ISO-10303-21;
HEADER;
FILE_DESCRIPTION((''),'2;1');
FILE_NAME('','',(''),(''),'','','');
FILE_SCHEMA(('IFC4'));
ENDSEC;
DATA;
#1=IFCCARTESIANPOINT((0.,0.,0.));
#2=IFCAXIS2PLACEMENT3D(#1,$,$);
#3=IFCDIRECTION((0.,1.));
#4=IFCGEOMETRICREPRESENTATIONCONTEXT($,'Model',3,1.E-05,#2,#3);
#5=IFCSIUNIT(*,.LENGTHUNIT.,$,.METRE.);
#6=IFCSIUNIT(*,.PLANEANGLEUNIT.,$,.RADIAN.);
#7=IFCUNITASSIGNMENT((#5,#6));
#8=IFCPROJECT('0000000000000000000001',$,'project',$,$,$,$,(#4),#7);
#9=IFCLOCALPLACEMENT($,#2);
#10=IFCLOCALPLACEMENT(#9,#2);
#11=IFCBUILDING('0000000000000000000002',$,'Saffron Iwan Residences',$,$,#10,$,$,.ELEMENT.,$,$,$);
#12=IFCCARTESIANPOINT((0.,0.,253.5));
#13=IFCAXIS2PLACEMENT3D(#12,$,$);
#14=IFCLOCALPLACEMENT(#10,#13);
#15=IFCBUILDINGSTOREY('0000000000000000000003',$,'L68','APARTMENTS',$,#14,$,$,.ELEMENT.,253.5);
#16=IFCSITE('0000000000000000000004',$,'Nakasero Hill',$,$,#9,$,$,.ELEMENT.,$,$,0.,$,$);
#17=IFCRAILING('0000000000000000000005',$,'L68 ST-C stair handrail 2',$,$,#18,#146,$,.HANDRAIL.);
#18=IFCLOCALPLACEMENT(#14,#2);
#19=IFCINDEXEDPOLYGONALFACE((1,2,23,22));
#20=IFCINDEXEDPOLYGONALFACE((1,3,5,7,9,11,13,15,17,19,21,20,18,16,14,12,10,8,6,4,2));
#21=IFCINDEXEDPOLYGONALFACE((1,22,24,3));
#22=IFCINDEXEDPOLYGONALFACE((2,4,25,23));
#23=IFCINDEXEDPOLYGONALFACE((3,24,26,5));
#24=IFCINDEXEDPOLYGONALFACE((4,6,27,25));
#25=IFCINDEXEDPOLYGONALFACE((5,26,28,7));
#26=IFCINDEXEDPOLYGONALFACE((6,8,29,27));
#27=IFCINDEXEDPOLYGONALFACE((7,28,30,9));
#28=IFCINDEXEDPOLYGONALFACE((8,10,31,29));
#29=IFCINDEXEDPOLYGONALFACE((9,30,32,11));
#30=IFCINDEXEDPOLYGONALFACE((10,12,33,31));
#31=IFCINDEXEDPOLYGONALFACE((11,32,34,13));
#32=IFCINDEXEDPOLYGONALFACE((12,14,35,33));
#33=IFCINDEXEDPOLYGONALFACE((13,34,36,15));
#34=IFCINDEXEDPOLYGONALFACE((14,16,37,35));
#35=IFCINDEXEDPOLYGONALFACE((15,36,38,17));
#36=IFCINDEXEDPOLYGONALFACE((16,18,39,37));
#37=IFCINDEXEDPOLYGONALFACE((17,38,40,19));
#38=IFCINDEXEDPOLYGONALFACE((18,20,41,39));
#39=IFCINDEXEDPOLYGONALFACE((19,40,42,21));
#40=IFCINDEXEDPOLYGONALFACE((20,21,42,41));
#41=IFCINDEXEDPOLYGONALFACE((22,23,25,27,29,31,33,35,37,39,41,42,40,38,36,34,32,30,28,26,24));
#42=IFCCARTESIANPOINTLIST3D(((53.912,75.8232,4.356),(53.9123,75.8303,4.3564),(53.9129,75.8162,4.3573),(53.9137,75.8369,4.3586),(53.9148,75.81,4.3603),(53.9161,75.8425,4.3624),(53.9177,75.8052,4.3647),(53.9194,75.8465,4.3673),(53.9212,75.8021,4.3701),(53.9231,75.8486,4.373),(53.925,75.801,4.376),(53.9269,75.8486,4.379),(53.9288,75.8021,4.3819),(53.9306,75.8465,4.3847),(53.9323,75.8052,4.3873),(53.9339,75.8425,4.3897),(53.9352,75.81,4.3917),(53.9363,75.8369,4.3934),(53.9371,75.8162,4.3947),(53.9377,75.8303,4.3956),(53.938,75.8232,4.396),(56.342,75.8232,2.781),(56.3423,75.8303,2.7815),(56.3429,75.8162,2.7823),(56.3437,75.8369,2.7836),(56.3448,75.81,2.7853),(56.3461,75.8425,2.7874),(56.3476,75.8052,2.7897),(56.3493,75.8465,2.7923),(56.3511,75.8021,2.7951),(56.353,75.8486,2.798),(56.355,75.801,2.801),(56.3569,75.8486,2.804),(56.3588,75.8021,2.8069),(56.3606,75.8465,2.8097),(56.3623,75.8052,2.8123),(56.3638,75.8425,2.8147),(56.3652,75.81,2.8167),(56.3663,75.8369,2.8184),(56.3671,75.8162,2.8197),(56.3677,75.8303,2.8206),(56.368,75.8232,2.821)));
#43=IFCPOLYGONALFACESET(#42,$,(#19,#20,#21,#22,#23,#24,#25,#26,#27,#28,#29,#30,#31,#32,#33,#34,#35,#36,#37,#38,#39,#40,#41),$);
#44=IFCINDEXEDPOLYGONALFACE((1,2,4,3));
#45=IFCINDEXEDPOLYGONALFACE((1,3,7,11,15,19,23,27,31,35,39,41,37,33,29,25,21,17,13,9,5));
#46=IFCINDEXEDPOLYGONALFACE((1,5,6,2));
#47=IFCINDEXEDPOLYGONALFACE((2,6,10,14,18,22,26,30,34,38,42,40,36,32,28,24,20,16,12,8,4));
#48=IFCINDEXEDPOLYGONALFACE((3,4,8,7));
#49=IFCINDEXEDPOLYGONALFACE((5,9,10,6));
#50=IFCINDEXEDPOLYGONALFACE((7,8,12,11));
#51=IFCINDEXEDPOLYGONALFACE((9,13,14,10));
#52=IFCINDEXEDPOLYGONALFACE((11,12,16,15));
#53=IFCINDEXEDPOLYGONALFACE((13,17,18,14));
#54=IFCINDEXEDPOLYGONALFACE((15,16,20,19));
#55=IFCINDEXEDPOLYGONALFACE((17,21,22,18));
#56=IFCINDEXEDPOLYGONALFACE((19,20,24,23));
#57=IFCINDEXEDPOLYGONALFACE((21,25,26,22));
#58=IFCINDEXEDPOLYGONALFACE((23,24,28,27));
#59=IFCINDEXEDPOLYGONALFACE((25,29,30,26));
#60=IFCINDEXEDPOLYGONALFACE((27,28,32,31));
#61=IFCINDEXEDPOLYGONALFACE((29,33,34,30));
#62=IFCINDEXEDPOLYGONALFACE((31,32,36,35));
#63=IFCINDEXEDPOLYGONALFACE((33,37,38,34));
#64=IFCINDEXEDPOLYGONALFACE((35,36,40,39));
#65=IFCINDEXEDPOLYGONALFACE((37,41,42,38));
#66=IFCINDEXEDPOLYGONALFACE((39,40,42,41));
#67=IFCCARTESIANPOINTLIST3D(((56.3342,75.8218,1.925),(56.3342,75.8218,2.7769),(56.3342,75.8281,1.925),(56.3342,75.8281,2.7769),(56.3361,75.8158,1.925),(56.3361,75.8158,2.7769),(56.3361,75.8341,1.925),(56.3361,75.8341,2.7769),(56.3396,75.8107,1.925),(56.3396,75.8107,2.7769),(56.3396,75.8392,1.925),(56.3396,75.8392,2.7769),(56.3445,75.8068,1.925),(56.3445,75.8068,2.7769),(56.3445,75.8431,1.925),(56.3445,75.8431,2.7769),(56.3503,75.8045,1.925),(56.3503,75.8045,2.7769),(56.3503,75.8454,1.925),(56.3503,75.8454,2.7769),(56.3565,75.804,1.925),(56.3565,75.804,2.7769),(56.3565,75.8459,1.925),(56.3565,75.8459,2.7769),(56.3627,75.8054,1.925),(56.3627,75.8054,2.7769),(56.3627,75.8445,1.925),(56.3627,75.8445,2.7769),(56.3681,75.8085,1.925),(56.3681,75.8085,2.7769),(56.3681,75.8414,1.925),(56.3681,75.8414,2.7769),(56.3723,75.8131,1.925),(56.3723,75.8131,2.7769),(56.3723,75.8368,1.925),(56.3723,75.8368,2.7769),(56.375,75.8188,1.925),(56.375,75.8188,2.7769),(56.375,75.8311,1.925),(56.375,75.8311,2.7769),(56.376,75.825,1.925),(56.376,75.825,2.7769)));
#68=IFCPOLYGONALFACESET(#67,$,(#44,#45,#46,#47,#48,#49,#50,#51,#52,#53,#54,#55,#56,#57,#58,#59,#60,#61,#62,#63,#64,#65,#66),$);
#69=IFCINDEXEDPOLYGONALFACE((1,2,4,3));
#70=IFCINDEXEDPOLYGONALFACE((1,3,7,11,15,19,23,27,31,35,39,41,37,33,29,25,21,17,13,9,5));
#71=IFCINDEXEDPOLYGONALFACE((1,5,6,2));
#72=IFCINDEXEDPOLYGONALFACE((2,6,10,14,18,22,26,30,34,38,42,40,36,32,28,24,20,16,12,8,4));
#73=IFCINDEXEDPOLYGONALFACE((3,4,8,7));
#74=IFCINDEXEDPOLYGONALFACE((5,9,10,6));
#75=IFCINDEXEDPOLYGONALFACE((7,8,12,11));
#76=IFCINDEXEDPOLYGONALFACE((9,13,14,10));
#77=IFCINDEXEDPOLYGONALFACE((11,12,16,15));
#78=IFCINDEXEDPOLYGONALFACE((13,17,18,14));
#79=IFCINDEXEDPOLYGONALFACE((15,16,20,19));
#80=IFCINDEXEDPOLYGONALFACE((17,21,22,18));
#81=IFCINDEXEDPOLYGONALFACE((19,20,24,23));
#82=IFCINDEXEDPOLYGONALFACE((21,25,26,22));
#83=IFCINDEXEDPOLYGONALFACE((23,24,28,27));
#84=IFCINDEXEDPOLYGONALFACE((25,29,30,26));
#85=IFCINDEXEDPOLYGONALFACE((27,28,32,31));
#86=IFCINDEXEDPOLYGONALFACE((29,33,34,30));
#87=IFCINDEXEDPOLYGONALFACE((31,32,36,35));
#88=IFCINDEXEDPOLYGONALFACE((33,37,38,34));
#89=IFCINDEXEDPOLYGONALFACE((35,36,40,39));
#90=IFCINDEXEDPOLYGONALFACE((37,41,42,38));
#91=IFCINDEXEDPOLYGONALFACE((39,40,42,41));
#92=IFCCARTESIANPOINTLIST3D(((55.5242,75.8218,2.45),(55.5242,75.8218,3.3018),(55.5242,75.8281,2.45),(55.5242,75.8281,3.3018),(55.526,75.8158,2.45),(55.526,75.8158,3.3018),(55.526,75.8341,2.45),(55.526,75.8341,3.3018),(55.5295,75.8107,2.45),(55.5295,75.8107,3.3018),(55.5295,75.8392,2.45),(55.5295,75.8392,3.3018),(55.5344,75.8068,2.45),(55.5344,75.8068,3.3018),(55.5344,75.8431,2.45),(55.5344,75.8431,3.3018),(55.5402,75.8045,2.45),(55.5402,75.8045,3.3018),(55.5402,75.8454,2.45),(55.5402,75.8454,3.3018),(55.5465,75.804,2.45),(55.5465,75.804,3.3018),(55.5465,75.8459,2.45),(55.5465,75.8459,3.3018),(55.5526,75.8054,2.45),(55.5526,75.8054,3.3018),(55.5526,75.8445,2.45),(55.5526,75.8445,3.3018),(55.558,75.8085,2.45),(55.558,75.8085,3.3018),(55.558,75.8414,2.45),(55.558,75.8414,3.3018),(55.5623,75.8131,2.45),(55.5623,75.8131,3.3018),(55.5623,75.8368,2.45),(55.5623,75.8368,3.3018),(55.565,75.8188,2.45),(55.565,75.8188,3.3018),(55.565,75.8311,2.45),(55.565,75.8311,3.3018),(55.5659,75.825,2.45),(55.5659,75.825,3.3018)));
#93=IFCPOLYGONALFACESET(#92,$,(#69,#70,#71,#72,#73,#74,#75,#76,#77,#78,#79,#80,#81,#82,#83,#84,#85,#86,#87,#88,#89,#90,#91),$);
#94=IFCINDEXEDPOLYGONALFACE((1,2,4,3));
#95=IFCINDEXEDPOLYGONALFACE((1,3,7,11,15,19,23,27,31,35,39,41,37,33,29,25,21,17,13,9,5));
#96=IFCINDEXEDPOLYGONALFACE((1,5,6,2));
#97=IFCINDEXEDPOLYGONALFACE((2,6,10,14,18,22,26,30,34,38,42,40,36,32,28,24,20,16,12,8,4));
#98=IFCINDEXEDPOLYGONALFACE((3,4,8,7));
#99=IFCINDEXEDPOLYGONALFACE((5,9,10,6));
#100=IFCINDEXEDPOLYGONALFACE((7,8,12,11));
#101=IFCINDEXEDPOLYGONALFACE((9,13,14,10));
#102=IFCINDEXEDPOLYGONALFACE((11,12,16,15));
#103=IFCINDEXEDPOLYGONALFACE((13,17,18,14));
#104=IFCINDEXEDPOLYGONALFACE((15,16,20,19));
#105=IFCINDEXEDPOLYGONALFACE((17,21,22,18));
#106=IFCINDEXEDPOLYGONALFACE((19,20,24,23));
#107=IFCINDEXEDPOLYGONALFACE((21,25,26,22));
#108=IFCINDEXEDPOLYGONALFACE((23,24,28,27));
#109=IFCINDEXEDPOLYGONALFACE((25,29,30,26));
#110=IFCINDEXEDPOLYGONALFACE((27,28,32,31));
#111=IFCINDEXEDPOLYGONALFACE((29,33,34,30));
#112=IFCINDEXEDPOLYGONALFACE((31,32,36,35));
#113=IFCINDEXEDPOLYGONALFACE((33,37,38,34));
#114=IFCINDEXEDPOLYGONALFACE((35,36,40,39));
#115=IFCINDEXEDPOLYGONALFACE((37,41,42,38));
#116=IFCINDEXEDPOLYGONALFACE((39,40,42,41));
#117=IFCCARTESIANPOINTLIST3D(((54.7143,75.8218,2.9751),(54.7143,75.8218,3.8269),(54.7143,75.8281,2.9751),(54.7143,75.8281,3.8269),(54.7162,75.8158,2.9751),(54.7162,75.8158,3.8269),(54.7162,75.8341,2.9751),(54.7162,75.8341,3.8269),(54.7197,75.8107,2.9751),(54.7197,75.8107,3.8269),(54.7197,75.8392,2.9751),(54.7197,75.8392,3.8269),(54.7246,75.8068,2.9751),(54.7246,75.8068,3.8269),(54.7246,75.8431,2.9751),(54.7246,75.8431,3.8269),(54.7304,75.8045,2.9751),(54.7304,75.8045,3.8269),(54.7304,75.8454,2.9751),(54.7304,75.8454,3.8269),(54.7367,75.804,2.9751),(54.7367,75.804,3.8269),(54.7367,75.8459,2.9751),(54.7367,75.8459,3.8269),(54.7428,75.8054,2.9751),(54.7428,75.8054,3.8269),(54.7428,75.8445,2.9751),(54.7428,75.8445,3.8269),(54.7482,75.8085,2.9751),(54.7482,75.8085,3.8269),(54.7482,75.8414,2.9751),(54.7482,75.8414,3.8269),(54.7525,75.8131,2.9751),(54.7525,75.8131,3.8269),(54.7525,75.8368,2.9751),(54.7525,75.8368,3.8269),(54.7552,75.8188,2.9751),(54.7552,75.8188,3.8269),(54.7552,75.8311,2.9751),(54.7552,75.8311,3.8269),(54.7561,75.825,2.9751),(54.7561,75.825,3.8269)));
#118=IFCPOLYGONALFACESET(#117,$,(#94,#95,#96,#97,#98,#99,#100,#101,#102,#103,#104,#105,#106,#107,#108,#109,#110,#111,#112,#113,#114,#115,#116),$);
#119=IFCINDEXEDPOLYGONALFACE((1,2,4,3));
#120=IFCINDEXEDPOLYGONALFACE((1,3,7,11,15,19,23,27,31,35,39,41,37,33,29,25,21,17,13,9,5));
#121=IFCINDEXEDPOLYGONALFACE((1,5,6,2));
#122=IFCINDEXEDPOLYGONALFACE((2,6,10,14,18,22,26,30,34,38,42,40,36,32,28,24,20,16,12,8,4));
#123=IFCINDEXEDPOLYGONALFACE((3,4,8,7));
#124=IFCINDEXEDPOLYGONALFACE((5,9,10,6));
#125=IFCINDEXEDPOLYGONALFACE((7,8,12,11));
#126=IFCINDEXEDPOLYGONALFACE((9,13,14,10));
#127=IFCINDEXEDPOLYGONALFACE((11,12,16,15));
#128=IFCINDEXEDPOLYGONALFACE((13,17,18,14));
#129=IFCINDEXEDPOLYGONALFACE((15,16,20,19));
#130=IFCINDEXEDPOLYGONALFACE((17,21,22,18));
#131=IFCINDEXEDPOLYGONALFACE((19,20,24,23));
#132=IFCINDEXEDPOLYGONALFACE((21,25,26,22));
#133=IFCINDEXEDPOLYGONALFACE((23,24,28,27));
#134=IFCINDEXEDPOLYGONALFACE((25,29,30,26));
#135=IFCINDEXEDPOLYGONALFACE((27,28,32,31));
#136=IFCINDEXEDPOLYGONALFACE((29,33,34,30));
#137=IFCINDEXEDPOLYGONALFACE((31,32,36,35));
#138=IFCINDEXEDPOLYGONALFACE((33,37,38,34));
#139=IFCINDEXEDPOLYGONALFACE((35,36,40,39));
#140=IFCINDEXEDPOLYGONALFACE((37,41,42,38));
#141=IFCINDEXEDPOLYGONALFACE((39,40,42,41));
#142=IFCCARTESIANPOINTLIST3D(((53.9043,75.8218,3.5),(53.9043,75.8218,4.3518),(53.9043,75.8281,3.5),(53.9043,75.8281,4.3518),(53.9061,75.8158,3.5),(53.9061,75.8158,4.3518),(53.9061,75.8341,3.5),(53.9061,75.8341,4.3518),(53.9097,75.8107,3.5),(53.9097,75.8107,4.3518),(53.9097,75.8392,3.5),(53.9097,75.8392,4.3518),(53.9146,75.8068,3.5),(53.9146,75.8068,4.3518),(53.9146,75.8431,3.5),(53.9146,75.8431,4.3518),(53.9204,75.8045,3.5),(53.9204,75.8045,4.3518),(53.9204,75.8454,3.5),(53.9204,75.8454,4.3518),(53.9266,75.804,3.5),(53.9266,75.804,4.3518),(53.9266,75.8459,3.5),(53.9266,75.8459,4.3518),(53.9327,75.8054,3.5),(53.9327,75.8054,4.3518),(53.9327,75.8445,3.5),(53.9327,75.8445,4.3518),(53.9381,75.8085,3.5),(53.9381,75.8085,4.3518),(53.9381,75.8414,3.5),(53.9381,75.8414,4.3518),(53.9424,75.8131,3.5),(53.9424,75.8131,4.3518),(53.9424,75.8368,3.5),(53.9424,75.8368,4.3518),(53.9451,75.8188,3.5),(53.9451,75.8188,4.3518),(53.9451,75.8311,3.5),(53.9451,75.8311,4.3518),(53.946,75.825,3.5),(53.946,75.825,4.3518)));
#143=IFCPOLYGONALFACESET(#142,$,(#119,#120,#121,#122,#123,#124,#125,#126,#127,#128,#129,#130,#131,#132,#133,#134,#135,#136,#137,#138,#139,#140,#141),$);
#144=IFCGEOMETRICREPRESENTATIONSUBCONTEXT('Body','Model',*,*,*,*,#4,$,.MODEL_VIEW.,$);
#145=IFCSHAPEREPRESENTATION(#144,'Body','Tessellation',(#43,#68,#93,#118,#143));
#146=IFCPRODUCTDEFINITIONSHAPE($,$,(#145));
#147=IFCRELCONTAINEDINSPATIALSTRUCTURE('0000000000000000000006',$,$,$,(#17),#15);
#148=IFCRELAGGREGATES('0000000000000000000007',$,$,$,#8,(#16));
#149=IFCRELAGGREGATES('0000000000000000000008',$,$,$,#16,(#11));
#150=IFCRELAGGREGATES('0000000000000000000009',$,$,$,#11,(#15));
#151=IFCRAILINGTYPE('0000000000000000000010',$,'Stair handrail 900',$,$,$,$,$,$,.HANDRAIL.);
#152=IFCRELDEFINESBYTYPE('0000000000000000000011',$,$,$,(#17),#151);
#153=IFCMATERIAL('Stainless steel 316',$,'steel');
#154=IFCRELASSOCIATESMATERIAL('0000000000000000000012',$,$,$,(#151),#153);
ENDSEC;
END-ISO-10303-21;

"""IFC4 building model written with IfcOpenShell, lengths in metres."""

from ifc_helpers import new_model, si_unit, direction, frame, origin, origin_2d, place, context, subcontext, project, spatial, circle, extrude, material, type_object, element, save


model = new_model("IFC4")

# Units and contexts
model_context = context("Model", 3, precision=1e-05, world=origin(), true_north=direction((0.0, 1.0)))
body_context = subcontext(model_context, "Body", "Model", "MODEL_VIEW")
ifc_project = project(units=[si_unit("LENGTHUNIT", "METRE"), si_unit("PLANEANGLEUNIT", "RADIAN")], contexts=[model_context])

# Site, building, storey
site_placement = place(None, origin())
site = spatial("IfcSite", under=ifc_project, at=site_placement, Name="Nakasero Hill", CompositionType="ELEMENT", RefElevation=0.0)
building_placement = place(site_placement, origin())
building = spatial("IfcBuilding", under=site, at=building_placement, Name="Saffron Iwan Residences", CompositionType="ELEMENT")
storey_placement = place(building_placement, frame((0.0, 0.0, 253.5)))
storey = spatial("IfcBuildingStorey", under=building, at=storey_placement, Name="L68", Description="APARTMENTS", CompositionType="ELEMENT", Elevation=253.5)

# Railing
ifc_material_1 = material(Name="Stainless steel 316", Category="steel")
railing_type = type_object("IfcRailingType", Name="Stair handrail 900", PredefinedType="HANDRAIL", material=ifc_material_1)
railing_1_placement = place(storey_placement, frame((56.355, 75.825, 1.925)))
element("IfcRailing", 1, at=railing_1_placement, inside=storey, type_object=railing_type, Name="L68 ST-C stair handrail 2", PredefinedType="HANDRAIL", context=body_context, shape_type="SweptSolid", body=[
    extrude(circle(Radius=0.0239, at=origin_2d()), frame((0.0, 0.0, 0.876), z_axis=(-0.839154, 0.0, 0.543894), x_axis=(0.0, -1.0, 0.0)), (0.0, 0.0, 1.0), 2.8958),
    extrude(circle(Radius=0.021, at=origin_2d()), origin(), (0.0, 0.0, 1.0), 0.8518),
    extrude(circle(Radius=0.021, at=origin_2d()), frame((-0.8101, 0.0, 0.5249)), (0.0, 0.0, 1.0), 0.8518),
    extrude(circle(Radius=0.021, at=origin_2d()), frame((-1.6199, 0.0, 1.05)), (0.0, 0.0, 1.0), 0.8518),
    extrude(circle(Radius=0.021, at=origin_2d()), frame((-2.4299, 0.0, 1.575)), (0.0, 0.0, 1.0), 0.8518),
])

save(model, "model.ifc")
